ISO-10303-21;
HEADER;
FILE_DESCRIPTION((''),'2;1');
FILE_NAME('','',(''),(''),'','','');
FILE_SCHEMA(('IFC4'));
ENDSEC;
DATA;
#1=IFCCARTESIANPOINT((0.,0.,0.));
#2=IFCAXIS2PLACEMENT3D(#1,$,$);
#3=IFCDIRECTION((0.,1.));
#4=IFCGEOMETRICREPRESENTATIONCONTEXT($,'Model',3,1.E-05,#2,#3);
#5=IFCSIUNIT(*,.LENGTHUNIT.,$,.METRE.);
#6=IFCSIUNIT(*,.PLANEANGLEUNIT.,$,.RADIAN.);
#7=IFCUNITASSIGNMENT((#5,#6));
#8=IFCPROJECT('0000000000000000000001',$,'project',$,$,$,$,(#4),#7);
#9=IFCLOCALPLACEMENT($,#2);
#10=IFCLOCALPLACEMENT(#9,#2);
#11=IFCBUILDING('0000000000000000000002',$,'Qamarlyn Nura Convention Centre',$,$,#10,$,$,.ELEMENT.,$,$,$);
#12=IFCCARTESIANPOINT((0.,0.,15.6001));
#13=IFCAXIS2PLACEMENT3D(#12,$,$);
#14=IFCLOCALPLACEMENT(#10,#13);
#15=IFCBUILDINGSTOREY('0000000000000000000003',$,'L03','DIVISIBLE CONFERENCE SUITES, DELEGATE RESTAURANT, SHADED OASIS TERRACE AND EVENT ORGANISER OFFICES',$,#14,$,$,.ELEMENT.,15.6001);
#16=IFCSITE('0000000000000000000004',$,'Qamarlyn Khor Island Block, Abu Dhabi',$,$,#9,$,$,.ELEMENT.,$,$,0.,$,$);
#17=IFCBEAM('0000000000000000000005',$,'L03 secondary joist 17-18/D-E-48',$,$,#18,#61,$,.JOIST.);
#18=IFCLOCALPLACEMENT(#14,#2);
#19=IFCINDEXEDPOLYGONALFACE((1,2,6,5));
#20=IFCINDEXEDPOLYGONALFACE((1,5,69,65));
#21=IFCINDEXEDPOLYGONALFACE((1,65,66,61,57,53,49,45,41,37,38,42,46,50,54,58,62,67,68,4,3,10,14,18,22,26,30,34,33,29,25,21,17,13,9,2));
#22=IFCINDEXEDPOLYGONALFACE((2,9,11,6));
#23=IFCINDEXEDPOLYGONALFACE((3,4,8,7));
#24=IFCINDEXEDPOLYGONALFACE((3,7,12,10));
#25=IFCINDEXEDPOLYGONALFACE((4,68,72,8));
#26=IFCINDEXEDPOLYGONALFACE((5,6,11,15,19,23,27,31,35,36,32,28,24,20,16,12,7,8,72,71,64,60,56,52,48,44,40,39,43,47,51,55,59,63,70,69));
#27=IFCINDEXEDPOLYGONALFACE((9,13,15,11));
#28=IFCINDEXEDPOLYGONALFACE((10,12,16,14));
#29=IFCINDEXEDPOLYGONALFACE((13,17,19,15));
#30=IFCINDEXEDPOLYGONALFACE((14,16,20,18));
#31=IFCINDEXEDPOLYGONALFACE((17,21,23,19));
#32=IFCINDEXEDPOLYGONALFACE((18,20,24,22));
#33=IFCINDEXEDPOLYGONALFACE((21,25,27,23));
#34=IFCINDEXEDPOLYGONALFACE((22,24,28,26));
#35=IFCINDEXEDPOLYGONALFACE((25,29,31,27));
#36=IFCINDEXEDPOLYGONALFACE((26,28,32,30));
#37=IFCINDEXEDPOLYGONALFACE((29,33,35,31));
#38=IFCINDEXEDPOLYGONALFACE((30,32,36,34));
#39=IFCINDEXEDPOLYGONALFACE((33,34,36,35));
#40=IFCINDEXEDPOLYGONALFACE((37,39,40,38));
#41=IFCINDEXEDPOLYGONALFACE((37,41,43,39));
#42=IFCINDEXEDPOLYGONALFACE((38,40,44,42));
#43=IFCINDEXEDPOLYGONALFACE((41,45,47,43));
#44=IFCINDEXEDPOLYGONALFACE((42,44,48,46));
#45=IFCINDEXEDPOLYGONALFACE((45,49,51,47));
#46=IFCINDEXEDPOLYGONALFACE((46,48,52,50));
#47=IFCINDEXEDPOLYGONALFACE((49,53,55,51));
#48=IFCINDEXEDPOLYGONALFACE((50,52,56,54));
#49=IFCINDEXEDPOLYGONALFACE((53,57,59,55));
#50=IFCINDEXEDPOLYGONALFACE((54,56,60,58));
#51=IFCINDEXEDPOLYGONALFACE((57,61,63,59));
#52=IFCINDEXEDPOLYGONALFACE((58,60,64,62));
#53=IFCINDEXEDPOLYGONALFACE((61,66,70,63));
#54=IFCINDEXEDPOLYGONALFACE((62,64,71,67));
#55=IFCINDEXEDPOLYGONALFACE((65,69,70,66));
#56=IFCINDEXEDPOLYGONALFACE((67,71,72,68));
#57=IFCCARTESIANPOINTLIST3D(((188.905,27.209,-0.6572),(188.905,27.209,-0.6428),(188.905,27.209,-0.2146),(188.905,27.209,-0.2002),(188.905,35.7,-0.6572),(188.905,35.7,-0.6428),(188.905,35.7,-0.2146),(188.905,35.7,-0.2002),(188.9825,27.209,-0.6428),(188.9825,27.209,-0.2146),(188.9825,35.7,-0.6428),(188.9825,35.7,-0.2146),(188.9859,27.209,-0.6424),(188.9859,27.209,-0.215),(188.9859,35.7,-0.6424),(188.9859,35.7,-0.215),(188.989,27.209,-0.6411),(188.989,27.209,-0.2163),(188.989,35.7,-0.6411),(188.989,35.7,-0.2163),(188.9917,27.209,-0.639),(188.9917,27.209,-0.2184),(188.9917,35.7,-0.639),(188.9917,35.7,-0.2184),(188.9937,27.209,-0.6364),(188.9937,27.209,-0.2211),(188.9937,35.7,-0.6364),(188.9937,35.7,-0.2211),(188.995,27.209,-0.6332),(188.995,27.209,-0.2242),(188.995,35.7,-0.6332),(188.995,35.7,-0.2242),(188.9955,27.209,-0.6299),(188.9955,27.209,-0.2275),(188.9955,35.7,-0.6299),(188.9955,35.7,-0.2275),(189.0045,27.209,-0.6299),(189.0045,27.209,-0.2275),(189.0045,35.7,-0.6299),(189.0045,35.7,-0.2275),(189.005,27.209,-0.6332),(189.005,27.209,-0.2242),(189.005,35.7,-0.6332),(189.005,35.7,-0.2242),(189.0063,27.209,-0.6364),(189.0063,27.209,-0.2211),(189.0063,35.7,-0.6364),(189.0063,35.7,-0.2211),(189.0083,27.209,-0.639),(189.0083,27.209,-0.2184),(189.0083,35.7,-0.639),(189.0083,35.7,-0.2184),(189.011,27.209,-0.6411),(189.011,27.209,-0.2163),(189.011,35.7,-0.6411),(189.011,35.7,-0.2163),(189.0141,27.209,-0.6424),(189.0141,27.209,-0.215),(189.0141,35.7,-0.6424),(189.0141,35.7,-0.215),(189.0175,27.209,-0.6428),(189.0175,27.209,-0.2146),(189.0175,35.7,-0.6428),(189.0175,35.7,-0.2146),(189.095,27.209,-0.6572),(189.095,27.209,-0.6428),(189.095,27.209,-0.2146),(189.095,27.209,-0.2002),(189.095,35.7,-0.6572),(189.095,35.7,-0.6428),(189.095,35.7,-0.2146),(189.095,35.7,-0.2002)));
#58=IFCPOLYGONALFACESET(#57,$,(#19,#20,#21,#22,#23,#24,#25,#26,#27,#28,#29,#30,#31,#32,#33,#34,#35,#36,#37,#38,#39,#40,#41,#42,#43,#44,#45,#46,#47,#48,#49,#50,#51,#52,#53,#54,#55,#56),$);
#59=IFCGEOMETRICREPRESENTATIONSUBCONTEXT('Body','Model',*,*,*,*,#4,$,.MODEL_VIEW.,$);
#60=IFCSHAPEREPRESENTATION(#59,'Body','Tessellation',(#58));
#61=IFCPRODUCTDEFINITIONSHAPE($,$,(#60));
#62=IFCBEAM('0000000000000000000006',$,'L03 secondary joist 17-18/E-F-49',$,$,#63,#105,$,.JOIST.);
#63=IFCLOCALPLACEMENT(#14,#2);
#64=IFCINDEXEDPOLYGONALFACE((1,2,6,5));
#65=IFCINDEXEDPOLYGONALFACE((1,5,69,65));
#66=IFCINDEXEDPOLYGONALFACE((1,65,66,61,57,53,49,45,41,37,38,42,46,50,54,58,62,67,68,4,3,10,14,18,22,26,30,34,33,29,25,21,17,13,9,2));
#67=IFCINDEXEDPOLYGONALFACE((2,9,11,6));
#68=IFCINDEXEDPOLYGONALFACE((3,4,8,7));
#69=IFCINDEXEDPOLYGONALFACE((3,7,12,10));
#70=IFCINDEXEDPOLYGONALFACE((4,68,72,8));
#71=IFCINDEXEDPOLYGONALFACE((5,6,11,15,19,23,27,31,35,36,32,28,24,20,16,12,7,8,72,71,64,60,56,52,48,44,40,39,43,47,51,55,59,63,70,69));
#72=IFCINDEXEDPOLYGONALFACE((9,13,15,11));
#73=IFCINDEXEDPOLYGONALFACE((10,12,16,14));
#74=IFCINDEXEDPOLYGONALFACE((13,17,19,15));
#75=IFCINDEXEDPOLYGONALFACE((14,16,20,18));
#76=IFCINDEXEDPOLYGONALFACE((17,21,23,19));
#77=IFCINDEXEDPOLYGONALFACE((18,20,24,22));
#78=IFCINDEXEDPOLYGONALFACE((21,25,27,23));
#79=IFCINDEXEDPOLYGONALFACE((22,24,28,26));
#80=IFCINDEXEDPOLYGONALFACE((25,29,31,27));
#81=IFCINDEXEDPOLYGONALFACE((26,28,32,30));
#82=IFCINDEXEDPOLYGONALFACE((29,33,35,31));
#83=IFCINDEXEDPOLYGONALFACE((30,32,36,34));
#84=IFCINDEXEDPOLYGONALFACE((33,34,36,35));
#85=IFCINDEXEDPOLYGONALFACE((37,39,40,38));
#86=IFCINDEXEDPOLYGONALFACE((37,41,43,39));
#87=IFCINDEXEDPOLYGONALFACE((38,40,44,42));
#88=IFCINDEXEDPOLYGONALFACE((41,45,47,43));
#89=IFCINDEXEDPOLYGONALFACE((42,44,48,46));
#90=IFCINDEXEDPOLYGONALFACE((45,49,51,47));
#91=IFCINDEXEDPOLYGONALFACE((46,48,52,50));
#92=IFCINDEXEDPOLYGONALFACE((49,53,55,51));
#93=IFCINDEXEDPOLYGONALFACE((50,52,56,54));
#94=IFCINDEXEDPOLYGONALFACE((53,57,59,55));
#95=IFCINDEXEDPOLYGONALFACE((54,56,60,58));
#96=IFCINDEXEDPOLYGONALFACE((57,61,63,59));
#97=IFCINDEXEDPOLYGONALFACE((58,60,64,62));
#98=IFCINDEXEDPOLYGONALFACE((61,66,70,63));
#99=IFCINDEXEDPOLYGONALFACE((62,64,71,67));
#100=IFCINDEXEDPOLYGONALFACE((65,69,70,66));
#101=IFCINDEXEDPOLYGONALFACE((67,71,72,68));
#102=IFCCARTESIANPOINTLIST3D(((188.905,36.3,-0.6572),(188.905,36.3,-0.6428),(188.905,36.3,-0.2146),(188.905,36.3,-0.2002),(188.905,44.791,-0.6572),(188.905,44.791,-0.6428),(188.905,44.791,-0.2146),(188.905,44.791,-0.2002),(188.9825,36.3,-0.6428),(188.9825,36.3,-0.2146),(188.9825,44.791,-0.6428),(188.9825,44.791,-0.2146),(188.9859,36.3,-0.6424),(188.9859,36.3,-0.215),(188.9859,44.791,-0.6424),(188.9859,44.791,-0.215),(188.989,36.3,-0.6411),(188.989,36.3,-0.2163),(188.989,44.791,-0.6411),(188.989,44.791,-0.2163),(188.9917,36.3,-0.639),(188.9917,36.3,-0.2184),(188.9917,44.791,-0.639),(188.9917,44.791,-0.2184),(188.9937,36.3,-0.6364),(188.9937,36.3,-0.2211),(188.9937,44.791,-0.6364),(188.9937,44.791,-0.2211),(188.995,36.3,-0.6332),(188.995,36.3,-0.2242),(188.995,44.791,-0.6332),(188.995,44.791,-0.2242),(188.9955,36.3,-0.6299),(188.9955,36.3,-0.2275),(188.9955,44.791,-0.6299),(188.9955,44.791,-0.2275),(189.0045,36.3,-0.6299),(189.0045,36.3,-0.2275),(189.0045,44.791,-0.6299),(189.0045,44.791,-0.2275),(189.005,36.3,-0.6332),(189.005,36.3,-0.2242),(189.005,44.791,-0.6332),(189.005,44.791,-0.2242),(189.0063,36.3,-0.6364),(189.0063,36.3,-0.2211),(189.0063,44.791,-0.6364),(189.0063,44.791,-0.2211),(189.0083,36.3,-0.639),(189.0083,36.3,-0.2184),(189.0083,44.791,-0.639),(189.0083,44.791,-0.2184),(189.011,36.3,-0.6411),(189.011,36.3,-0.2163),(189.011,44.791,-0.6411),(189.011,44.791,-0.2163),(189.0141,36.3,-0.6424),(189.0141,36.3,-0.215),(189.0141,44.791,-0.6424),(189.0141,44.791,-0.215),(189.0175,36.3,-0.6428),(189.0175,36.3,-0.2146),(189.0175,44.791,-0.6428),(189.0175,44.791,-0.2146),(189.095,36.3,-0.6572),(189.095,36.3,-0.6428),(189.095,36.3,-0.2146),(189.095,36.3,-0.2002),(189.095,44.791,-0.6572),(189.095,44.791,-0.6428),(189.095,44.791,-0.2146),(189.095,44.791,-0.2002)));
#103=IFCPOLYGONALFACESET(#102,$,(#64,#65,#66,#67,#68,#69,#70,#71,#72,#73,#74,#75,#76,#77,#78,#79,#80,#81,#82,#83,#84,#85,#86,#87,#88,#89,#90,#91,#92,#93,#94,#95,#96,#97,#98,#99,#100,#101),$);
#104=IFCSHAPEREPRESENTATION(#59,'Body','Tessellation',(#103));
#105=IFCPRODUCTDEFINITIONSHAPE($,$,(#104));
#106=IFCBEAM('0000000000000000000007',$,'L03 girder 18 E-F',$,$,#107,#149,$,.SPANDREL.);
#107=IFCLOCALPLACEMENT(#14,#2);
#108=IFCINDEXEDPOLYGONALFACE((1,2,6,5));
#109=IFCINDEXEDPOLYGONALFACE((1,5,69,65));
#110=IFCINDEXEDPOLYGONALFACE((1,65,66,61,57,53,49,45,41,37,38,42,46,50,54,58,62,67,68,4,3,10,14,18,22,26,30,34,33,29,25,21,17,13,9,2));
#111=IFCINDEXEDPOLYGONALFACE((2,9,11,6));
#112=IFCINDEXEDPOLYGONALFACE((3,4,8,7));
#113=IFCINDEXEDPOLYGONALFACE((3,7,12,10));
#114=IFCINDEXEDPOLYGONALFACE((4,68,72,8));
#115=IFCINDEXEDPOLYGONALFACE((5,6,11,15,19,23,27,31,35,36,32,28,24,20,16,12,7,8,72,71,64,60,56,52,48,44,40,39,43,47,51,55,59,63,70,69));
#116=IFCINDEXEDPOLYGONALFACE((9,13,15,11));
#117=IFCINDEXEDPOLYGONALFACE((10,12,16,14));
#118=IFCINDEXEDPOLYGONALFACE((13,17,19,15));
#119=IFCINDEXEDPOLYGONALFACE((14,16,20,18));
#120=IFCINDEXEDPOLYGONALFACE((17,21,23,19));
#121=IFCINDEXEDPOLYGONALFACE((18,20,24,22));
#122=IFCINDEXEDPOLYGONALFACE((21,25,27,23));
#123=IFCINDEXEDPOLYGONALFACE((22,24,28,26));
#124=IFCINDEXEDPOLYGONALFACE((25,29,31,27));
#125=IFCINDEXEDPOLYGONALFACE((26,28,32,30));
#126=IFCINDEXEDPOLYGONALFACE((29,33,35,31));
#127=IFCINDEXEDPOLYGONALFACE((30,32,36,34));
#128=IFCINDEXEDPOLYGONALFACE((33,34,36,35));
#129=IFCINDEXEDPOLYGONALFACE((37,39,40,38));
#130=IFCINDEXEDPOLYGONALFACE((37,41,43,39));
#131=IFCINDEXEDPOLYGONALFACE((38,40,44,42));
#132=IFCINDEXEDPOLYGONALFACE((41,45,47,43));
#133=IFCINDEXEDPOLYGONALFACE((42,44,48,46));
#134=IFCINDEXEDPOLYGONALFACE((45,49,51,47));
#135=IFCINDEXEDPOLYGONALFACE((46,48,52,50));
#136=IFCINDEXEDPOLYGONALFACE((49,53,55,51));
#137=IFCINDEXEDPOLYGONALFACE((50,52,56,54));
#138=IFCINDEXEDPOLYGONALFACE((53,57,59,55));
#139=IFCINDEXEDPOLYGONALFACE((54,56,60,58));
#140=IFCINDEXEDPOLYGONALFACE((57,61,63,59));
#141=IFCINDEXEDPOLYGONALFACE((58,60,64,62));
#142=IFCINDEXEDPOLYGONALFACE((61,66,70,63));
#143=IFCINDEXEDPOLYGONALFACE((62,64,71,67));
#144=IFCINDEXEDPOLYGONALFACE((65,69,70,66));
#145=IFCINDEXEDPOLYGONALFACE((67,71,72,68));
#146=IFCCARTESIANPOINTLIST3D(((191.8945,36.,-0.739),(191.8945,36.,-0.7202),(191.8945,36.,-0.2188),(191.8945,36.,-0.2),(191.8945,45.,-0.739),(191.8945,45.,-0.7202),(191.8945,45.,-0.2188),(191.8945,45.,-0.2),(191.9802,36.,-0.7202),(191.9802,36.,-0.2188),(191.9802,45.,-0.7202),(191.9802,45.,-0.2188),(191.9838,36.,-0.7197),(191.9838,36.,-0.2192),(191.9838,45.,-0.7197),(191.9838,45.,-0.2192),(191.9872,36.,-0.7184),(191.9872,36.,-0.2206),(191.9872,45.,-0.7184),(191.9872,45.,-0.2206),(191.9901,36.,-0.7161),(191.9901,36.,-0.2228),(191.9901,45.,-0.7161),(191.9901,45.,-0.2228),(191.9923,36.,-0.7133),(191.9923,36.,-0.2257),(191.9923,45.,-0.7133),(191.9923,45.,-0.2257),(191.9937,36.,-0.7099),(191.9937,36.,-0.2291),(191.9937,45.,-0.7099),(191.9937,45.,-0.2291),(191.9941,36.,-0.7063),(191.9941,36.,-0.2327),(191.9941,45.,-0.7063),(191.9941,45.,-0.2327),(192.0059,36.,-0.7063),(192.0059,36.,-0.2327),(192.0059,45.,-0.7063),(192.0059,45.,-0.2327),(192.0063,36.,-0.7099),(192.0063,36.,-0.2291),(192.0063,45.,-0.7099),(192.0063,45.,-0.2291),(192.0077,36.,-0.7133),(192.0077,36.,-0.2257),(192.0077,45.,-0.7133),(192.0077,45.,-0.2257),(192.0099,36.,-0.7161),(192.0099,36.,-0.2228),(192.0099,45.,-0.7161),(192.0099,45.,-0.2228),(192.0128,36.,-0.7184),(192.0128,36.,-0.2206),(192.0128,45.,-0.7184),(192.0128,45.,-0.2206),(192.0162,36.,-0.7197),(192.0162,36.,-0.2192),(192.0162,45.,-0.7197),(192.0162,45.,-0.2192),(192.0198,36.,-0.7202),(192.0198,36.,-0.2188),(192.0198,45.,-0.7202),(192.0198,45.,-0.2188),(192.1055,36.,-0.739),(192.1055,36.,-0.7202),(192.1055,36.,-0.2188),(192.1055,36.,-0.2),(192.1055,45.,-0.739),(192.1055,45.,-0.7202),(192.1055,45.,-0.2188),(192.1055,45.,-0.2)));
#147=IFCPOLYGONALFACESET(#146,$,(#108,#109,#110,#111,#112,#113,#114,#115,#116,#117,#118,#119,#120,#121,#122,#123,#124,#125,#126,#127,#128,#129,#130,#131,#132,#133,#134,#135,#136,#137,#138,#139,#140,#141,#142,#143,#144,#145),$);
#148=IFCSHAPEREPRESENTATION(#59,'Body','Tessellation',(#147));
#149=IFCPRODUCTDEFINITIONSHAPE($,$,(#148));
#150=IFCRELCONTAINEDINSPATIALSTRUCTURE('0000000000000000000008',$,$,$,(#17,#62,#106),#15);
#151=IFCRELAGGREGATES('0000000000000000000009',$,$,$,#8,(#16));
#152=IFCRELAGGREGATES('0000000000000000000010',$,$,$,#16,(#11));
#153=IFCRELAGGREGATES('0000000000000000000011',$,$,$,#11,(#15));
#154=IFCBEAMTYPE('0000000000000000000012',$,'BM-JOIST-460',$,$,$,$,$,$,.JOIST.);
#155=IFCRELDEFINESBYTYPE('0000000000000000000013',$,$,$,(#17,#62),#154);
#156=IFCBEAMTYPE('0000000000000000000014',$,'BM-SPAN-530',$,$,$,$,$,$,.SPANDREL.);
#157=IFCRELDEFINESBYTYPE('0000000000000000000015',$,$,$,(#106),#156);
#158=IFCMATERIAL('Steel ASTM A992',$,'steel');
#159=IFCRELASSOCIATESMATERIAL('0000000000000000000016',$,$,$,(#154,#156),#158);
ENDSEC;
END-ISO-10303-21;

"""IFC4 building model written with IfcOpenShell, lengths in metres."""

from ifc_helpers import new_model, si_unit, direction, frame, origin, origin_2d, place, context, subcontext, project, spatial, i_section, extrude, material, material_profile, profile_set, type_object, element, save


model = new_model("IFC4")

# Units and contexts
model_context = context("Model", 3, precision=1e-05, world=origin(), true_north=direction((0.0, 1.0)))
body_context = subcontext(model_context, "Body", "Model", "MODEL_VIEW")
ifc_project = project(units=[si_unit("LENGTHUNIT", "METRE"), si_unit("PLANEANGLEUNIT", "RADIAN")], contexts=[model_context])

# Site, building, storey
site_placement = place(None, origin())
site = spatial("IfcSite", under=ifc_project, at=site_placement, Name="Qamarlyn Khor Island Block, Abu Dhabi", CompositionType="ELEMENT", RefElevation=0.0)
building_placement = place(site_placement, origin())
building = spatial("IfcBuilding", under=site, at=building_placement, Name="Qamarlyn Nura Convention Centre", CompositionType="ELEMENT")
storey_placement = place(building_placement, frame((0.0, 0.0, 15.6001)))
storey = spatial("IfcBuildingStorey", under=building, at=storey_placement, Name="L03", Description="DIVISIBLE CONFERENCE SUITES, DELEGATE RESTAURANT, SHADED OASIS TERRACE AND EVENT ORGANISER OFFICES", CompositionType="ELEMENT", Elevation=15.6001)

# Shared definitions
ifc_material_1 = material(Name="Steel ASTM A992", Category="steel")

# Beams
ifc_material_profile_1 = material_profile(ifc_material_1, i_section(OverallWidth=0.1899, OverallDepth=0.457, WebThickness=0.009, FlangeThickness=0.0144, FilletRadius=0.0129, at=origin_2d()), Name="W460X74")
ifc_profile_set_1 = profile_set([ifc_material_profile_1], Name="Steel ASTM A992")
beam_type_1 = type_object("IfcBeamType", Name="BM-JOIST-460", PredefinedType="JOIST", material=ifc_profile_set_1)
for number, where, z_axis, x_axis, name in (
    (1, (189.0, 27.209, -0.4287), (0.0, 1.0, 0.0), (-1.0, 0.0, 0.0), "L03 secondary joist 17-18/D-E-48"),
    (2, (189.0, 36.3, -0.4287), (0.0, 1.0, 0.0), (-1.0, 0.0, 0.0), "L03 secondary joist 17-18/E-F-49"),
):
    element("IfcBeam", number, at=place(storey_placement, frame(where, z_axis=z_axis, x_axis=x_axis)), inside=storey, type_object=beam_type_1, Name=name, PredefinedType="JOIST", context=body_context, shape_type="SweptSolid", body=[
        extrude(i_section(OverallWidth=0.1899, OverallDepth=0.457, WebThickness=0.009, FlangeThickness=0.0144, FilletRadius=0.0129, at=origin_2d()), origin(), (0.0, 0.0, 1.0), 8.491),
    ])
ifc_material_profile_2 = material_profile(ifc_material_1, i_section(OverallWidth=0.2109, OverallDepth=0.5391, WebThickness=0.0117, FlangeThickness=0.0188, FilletRadius=0.0139, at=origin_2d()), Name="W530X109")
ifc_profile_set_2 = profile_set([ifc_material_profile_2], Name="Steel ASTM A992")
beam_type_2 = type_object("IfcBeamType", Name="BM-SPAN-530", PredefinedType="SPANDREL", material=ifc_profile_set_2)
beam_1_placement = place(storey_placement, frame((192.0, 36.0, -0.4695), z_axis=(0.0, 1.0, 0.0), x_axis=(-1.0, 0.0, 0.0)))
element("IfcBeam", 3, at=beam_1_placement, inside=storey, type_object=beam_type_2, Name="L03 girder 18 E-F", PredefinedType="SPANDREL", context=body_context, shape_type="SweptSolid", body=[
    extrude(i_section(OverallWidth=0.2109, OverallDepth=0.5391, WebThickness=0.0117, FlangeThickness=0.0188, FilletRadius=0.0139, at=origin_2d()), origin(), (0.0, 0.0, 1.0), 9.0),
])

save(model, "model.ifc")
